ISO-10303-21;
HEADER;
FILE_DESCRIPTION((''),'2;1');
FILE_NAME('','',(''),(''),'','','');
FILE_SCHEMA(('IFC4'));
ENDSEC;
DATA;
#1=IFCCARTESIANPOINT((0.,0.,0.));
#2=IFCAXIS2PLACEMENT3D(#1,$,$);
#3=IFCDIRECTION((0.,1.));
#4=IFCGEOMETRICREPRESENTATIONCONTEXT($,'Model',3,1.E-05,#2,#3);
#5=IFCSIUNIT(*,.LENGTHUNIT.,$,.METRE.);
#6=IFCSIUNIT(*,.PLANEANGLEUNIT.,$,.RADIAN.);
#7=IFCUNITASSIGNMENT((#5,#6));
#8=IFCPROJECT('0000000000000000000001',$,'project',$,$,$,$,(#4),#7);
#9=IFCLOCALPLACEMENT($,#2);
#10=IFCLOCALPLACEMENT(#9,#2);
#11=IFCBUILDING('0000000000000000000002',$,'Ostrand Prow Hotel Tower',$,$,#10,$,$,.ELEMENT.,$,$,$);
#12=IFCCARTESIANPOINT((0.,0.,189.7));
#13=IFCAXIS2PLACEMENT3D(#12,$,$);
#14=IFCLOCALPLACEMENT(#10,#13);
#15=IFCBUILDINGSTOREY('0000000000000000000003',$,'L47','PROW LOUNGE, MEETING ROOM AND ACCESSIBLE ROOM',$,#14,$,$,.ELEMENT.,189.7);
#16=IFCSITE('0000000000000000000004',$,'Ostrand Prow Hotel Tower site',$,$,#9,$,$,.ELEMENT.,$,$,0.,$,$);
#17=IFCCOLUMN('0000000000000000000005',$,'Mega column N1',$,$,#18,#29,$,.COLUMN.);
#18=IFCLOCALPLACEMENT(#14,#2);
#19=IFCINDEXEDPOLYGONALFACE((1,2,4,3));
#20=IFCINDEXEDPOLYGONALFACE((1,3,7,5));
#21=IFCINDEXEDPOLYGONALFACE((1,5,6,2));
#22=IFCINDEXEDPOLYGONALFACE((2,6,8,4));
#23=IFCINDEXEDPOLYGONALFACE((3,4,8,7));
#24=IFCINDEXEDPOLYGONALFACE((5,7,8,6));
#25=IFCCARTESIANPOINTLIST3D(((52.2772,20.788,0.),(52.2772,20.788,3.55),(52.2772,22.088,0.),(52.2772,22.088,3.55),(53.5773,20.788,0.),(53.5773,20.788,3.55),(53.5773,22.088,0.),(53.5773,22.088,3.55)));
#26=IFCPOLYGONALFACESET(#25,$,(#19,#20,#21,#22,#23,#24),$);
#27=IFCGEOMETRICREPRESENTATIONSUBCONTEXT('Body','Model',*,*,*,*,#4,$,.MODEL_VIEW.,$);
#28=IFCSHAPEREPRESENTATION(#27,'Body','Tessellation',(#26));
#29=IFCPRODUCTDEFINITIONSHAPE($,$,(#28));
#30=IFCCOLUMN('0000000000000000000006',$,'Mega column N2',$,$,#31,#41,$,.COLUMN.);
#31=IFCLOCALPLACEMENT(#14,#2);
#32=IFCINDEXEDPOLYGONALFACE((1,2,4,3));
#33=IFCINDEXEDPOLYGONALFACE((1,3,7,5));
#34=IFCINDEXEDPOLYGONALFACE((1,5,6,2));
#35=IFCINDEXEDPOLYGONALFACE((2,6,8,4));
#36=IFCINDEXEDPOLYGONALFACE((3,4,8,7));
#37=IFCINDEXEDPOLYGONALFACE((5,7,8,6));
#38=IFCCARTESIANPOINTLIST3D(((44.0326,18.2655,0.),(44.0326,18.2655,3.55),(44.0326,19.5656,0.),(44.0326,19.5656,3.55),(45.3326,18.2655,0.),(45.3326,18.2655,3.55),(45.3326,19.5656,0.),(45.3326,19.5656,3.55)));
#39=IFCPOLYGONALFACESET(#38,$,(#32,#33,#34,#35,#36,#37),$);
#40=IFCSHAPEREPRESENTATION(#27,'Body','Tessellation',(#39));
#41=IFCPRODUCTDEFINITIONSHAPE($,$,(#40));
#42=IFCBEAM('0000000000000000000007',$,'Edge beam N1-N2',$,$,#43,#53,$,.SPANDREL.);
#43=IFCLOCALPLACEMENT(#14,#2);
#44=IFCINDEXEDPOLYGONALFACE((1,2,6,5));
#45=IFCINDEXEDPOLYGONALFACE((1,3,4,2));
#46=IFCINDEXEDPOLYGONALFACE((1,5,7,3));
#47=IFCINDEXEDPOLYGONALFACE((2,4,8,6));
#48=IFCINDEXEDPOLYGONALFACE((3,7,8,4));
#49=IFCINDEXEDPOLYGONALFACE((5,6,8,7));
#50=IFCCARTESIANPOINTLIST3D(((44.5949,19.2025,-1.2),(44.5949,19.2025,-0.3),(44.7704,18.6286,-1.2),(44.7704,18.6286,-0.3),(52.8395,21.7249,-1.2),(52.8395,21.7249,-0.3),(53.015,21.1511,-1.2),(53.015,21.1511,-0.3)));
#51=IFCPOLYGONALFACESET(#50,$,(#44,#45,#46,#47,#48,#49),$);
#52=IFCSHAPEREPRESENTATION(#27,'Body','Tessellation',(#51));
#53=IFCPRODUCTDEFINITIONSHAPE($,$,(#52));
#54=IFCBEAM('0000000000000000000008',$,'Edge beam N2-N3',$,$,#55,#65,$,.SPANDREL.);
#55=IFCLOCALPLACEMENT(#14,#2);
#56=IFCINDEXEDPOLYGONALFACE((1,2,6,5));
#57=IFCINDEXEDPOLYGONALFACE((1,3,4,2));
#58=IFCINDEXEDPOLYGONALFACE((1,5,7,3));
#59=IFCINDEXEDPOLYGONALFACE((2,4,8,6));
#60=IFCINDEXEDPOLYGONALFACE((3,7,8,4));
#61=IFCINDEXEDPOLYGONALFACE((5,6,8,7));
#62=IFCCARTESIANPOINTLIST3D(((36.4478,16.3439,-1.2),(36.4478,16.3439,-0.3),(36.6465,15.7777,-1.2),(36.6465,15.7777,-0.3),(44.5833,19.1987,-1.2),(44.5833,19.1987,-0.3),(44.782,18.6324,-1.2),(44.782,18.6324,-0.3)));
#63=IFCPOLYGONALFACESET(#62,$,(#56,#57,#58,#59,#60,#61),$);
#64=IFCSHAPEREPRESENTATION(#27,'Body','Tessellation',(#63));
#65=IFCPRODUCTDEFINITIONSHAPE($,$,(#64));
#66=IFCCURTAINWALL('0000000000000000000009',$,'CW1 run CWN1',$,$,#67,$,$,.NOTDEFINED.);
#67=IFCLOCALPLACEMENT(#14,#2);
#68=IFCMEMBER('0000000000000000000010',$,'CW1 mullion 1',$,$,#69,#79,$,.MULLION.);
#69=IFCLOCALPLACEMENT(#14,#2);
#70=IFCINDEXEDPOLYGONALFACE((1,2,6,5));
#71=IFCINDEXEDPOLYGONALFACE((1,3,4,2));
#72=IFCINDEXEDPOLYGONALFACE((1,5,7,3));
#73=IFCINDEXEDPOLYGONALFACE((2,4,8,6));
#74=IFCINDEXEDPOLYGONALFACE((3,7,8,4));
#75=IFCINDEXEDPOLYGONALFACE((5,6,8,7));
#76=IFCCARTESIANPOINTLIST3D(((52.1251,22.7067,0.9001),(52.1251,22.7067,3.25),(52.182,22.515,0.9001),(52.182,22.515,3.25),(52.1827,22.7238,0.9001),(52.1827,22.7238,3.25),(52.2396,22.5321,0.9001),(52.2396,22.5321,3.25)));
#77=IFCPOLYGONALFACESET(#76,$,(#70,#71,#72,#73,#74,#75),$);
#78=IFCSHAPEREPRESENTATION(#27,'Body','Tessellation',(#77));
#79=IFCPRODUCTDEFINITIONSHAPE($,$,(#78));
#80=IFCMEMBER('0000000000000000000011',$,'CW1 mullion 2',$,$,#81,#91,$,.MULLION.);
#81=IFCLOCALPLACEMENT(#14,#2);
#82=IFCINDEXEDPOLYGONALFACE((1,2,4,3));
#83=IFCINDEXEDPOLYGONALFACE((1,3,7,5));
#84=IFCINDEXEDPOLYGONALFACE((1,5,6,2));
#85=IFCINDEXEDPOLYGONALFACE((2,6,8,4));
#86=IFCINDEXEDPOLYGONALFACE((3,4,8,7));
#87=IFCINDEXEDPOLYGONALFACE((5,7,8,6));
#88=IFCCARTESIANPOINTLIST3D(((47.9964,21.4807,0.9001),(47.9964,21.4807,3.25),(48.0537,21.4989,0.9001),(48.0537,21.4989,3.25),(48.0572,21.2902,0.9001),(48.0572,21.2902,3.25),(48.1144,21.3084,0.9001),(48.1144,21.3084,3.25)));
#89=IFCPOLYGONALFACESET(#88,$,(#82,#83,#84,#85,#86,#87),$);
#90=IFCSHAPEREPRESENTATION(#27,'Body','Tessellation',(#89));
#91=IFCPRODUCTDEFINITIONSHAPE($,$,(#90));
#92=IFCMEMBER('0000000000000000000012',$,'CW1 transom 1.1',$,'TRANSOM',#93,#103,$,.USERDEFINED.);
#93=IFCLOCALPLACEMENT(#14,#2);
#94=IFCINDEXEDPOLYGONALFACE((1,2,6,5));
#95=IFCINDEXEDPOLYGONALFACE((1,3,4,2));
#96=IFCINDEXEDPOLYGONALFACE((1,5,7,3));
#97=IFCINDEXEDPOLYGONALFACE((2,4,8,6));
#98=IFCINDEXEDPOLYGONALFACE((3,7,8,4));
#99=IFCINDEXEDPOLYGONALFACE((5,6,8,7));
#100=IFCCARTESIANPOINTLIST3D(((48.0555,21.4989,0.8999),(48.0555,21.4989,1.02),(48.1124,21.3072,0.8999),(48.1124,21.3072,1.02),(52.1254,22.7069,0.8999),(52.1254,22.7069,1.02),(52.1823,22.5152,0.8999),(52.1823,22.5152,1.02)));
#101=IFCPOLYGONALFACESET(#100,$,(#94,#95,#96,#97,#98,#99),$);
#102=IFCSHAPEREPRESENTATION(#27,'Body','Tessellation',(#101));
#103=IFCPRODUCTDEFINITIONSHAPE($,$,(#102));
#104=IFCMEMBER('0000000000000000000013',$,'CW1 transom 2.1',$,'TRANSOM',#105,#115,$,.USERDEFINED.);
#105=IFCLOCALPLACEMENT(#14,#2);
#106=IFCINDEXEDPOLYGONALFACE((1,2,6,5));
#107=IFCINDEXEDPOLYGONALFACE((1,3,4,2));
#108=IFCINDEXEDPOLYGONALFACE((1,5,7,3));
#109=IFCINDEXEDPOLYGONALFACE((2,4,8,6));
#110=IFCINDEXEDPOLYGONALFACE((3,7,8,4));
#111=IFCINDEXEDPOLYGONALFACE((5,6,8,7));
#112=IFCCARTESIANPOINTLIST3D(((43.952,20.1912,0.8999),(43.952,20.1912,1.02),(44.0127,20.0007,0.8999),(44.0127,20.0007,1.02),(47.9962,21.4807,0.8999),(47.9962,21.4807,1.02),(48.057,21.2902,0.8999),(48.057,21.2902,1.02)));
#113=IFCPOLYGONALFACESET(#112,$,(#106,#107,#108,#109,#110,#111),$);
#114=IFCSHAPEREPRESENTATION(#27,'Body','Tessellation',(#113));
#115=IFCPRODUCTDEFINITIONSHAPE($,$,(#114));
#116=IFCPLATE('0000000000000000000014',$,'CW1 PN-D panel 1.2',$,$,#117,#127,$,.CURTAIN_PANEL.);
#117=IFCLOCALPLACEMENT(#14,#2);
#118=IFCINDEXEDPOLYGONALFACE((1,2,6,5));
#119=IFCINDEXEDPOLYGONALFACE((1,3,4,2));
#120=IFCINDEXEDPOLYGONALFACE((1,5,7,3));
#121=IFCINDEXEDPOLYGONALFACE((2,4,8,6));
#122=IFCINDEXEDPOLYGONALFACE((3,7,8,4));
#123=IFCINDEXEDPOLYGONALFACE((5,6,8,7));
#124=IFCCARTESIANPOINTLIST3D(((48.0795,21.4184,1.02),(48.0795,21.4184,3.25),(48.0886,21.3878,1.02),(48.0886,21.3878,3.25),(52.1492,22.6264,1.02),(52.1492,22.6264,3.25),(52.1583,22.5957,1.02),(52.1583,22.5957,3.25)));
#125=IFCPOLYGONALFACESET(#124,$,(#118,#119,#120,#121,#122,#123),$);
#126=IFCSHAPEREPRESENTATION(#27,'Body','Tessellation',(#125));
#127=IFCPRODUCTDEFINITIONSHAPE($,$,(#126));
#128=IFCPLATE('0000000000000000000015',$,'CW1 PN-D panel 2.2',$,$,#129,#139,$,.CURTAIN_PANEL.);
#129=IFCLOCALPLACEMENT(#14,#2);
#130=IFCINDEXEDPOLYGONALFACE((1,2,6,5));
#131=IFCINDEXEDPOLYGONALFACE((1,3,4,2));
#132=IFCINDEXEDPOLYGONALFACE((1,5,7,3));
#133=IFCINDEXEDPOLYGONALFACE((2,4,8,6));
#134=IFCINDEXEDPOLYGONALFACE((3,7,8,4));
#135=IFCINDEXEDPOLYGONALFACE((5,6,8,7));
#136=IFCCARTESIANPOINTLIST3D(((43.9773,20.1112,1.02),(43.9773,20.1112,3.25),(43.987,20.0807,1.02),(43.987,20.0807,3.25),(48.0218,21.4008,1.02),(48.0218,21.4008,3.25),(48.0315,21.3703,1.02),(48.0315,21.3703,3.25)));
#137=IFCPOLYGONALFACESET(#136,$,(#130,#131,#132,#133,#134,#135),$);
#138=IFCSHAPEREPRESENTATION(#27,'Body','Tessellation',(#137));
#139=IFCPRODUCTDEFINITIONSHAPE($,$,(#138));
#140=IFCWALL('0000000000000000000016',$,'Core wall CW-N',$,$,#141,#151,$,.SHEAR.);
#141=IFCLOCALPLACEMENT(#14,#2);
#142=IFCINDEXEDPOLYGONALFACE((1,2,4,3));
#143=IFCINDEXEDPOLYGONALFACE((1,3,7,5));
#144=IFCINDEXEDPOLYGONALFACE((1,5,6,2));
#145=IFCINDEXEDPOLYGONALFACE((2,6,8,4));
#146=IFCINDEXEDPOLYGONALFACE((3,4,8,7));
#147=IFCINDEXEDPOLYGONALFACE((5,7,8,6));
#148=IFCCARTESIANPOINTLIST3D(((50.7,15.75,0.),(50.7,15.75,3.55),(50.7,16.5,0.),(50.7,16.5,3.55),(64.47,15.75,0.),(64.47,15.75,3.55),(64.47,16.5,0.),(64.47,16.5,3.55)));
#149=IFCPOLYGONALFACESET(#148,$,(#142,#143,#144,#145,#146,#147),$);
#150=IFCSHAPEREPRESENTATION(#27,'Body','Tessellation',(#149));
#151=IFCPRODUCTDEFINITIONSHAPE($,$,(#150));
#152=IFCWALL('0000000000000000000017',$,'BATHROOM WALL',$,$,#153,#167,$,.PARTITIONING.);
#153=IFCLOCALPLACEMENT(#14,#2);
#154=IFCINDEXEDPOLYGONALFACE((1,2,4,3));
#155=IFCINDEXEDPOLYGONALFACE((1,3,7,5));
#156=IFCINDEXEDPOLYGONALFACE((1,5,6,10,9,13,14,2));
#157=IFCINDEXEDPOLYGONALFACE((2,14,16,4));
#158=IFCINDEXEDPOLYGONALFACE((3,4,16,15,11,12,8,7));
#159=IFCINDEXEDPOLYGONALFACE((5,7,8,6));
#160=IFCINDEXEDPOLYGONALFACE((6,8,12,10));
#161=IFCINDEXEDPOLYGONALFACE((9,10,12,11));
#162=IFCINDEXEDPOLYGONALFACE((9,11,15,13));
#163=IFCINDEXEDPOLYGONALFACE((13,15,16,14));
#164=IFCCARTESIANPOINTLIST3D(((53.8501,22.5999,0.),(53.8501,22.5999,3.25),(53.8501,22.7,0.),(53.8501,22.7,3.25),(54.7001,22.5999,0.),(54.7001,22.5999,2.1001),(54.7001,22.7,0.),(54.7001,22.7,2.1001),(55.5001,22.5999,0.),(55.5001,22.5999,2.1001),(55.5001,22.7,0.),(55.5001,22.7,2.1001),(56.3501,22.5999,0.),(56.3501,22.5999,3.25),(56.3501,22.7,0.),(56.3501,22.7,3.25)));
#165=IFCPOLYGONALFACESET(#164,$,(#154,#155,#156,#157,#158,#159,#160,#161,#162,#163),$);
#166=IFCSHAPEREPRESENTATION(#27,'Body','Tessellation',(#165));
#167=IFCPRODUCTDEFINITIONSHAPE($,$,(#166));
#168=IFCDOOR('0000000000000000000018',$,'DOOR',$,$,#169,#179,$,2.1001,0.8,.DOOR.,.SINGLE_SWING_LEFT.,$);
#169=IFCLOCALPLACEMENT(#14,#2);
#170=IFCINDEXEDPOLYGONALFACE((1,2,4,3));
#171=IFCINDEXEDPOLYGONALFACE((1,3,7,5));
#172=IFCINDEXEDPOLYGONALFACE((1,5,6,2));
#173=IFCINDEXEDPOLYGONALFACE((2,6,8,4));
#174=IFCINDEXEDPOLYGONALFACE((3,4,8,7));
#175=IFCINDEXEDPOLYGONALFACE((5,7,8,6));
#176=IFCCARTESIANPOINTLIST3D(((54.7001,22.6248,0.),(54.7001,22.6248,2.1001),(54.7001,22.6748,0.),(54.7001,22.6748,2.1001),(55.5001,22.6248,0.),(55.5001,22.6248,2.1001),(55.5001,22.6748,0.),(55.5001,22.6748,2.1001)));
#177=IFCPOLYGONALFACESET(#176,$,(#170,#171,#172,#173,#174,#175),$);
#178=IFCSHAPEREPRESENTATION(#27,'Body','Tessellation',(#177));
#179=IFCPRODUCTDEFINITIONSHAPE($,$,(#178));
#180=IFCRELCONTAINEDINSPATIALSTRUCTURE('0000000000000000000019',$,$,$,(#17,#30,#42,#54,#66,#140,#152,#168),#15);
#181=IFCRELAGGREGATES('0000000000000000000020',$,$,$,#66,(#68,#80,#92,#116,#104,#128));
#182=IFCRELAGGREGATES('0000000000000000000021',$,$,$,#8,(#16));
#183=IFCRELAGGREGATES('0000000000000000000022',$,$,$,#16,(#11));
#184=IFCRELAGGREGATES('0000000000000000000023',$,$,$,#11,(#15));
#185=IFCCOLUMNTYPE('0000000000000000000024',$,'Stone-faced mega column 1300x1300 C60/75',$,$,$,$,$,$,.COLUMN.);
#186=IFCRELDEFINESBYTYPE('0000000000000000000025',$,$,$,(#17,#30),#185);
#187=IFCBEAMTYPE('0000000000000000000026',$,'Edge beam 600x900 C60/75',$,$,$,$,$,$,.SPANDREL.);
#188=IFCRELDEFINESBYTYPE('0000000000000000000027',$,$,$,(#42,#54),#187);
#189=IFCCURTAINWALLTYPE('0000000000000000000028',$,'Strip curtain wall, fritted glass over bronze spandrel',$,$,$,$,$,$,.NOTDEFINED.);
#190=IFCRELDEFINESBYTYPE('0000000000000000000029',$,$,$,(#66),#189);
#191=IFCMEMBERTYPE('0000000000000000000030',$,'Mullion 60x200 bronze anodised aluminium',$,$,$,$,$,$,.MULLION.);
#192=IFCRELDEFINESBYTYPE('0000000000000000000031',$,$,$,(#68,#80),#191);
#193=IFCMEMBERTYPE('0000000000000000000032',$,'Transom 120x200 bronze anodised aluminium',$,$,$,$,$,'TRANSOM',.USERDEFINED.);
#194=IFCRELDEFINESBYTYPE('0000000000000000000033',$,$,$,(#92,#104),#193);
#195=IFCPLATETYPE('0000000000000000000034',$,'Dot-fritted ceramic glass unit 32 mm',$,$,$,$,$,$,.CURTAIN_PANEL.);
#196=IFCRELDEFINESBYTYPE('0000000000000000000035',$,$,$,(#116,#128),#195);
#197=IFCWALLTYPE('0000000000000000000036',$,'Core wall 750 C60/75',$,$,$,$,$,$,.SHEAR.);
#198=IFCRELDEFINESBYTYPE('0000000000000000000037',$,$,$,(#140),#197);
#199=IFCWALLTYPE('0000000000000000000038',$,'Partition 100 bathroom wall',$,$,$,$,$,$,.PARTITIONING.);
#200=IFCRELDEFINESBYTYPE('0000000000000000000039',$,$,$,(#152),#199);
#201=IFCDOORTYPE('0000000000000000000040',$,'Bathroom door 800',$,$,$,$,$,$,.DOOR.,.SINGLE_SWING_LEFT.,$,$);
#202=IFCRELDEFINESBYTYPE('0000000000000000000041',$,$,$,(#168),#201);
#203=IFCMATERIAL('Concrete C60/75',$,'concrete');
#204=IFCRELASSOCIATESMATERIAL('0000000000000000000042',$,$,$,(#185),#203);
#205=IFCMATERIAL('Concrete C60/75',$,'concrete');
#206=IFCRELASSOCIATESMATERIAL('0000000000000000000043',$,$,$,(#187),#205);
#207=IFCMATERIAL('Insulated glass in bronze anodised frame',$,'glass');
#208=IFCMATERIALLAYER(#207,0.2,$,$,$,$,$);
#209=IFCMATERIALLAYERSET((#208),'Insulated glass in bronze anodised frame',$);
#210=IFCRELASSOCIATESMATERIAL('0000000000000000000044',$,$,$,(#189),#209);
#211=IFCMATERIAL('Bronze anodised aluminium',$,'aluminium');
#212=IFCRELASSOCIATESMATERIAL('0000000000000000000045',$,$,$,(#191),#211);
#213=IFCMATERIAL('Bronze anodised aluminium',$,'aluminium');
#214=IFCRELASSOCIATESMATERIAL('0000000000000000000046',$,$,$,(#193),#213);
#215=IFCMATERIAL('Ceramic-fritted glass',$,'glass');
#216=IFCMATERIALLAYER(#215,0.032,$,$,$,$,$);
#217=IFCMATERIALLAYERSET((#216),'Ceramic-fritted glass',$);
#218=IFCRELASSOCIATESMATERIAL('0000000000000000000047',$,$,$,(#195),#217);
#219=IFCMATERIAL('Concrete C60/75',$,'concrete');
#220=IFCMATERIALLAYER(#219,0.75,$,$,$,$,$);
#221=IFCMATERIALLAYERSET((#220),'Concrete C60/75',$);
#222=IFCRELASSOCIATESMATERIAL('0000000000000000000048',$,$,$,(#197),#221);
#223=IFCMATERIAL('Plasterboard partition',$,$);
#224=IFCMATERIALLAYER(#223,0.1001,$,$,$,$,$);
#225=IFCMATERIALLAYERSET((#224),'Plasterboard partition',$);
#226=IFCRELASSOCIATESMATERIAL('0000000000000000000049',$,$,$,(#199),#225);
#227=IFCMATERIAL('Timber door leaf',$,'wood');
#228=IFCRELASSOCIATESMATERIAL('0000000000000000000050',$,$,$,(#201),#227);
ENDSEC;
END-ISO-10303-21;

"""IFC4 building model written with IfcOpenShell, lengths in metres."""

from ifc_helpers import new_model, si_unit, direction, frame, frame_2d, origin, origin_2d, place, context, subcontext, project, spatial, rectangle, extrude, material, layer, layer_set, material_profile, profile_set, type_object, element, fill, aggregate, save


model = new_model("IFC4")

# Units and contexts
model_context = context("Model", 3, precision=1e-05, world=origin(), true_north=direction((0.0, 1.0)))
body_context = subcontext(model_context, "Body", "Model", "MODEL_VIEW")
ifc_project = project(units=[si_unit("LENGTHUNIT", "METRE"), si_unit("PLANEANGLEUNIT", "RADIAN")], contexts=[model_context])

# Site, building, storey
site_placement = place(None, origin())
site = spatial("IfcSite", under=ifc_project, at=site_placement, Name="Ostrand Prow Hotel Tower site", CompositionType="ELEMENT", RefElevation=0.0)
building_placement = place(site_placement, origin())
building = spatial("IfcBuilding", under=site, at=building_placement, Name="Ostrand Prow Hotel Tower", CompositionType="ELEMENT")
storey_placement = place(building_placement, frame((0.0, 0.0, 189.7)))
storey = spatial("IfcBuildingStorey", under=building, at=storey_placement, Name="L47", Description="PROW LOUNGE, MEETING ROOM AND ACCESSIBLE ROOM", CompositionType="ELEMENT", Elevation=189.7)

# Columns
ifc_material_1 = material(Name="Concrete C60/75", Category="concrete")
ifc_material_profile_1 = material_profile(ifc_material_1, rectangle(XDim=1.3, YDim=1.3, at=origin_2d()), Name="RC 1300x1300")
ifc_profile_set_1 = profile_set([ifc_material_profile_1], Name="Concrete C60/75")
column_type = type_object("IfcColumnType", Name="Stone-faced mega column 1300x1300 C60/75", PredefinedType="COLUMN", material=ifc_profile_set_1)
for number, where, z_axis, x_axis, name in (
    (1, (52.9272, 21.438, 0.0), (0.0, 0.0, 1.0), (1.0, 0.0, 0.0), "Mega column N1"),
    (2, (44.6826, 18.9155, 0.0), (0.0, 0.0, 1.0), (1.0, 0.0, 0.0), "Mega column N2"),
):
    element("IfcColumn", number, at=place(storey_placement, frame(where, z_axis=z_axis, x_axis=x_axis)), inside=storey, type_object=column_type, Name=name, PredefinedType="COLUMN", context=body_context, shape_type="SweptSolid", body=[
        extrude(rectangle(XDim=1.3, YDim=1.3, at=origin_2d()), origin(), (0.0, 0.0, 1.0), 3.55),
    ])

# Beams
ifc_material_2 = material(Name="Concrete C60/75", Category="concrete")
ifc_material_profile_2 = material_profile(ifc_material_2, rectangle(XDim=0.6001, YDim=0.8999, at=origin_2d()), Name="RC 600x900")
ifc_profile_set_2 = profile_set([ifc_material_profile_2], Name="Concrete C60/75")
beam_type = type_object("IfcBeamType", Name="Edge beam 600x900 C60/75", PredefinedType="SPANDREL", material=ifc_profile_set_2)
for number, where, z_axis, x_axis, name in (
    (3, (52.9272, 21.438, -0.75), (-0.956246, -0.292565, 0.0), (0.292565, -0.956246, 0.0), "Edge beam N1-N2"),
    (4, (44.6826, 18.9155, -0.75), (-0.943594, -0.331106, 0.0), (0.331106, -0.943594, 0.0), "Edge beam N2-N3"),
):
    element("IfcBeam", number, at=place(storey_placement, frame(where, z_axis=z_axis, x_axis=x_axis)), inside=storey, type_object=beam_type, Name=name, PredefinedType="SPANDREL", context=body_context, shape_type="SweptSolid", body=[
        extrude(rectangle(XDim=0.6001, YDim=0.8999, at=origin_2d()), origin(), (0.0, 0.0, 1.0), 8.6218),
    ])

# Curtain wall, members, plates
ifc_material_3 = material(Name="Insulated glass in bronze anodised frame", Category="glass")
ifc_layer_1 = layer(ifc_material_3, 0.2)
ifc_layer_set_1 = layer_set([ifc_layer_1], Name="Insulated glass in bronze anodised frame")
curtain_wall_type = type_object("IfcCurtainWallType", Name="Strip curtain wall, fritted glass over bronze spandrel", PredefinedType="NOTDEFINED", material=ifc_layer_set_1)
curtain_wall_placement = place(storey_placement, origin())
curtain_wall = element("IfcCurtainWall", 5, at=curtain_wall_placement, inside=storey, type_object=curtain_wall_type, Name="CW1 run CWN1", PredefinedType="NOTDEFINED")
ifc_material_4 = material(Name="Bronze anodised aluminium", Category="aluminium")
ifc_material_profile_3 = material_profile(ifc_material_4, rectangle(XDim=0.2, YDim=0.0601, at=origin_2d()), Name="Mullion 60x200 bronze anodised aluminium")
ifc_profile_set_3 = profile_set([ifc_material_profile_3], Name="Bronze anodised aluminium")
member_type_1 = type_object("IfcMemberType", Name="Mullion 60x200 bronze anodised aluminium", PredefinedType="MULLION", material=ifc_profile_set_3)
member_1_placement = place(storey_placement, frame((52.1824, 22.6194, 0.9001), z_axis=(0.0, 0.0, 1.0), x_axis=(0.284544, -0.958663, 0.0)))
member_1 = element("IfcMember", 6, at=member_1_placement, type_object=member_type_1, Name="CW1 mullion 1", PredefinedType="MULLION", context=body_context, shape_type="SweptSolid", body=[
    extrude(rectangle(XDim=0.2, YDim=0.0601, at=origin_2d()), origin(), (0.0, 0.0, 1.0), 2.3499),
])
member_2_placement = place(storey_placement, frame((48.0554, 21.3945, 0.9001), z_axis=(0.0, 0.0, 1.0), x_axis=(0.303787, -0.95274, 0.0)))
member_2 = element("IfcMember", 7, at=member_2_placement, type_object=member_type_1, Name="CW1 mullion 2", PredefinedType="MULLION", context=body_context, shape_type="SweptSolid", body=[
    extrude(rectangle(XDim=0.2, YDim=0.0601, at=origin_2d()), origin(), (0.0, 0.0, 1.0), 2.3499),
])
ifc_material_5 = material(Name="Bronze anodised aluminium", Category="aluminium")
ifc_material_profile_4 = material_profile(ifc_material_5, rectangle(XDim=0.2, YDim=0.1201, at=origin_2d()), Name="Transom 120x200 bronze anodised aluminium")
ifc_profile_set_4 = profile_set([ifc_material_profile_4], Name="Bronze anodised aluminium")
member_type_2 = type_object("IfcMemberType", Name="Transom 120x200 bronze anodised aluminium", ElementType="TRANSOM", PredefinedType="USERDEFINED", material=ifc_profile_set_4)
member_3_placement = place(storey_placement, frame((52.1538, 22.6111, 0.96), z_axis=(-0.958661, -0.28455, 0.0), x_axis=(0.28455, -0.958661, 0.0)))
member_3 = element("IfcMember", 8, at=member_3_placement, type_object=member_type_2, Name="CW1 transom 1.1", ObjectType="TRANSOM", PredefinedType="USERDEFINED", context=body_context, shape_type="SweptSolid", body=[
    extrude(rectangle(XDim=0.2, YDim=0.1201, at=origin_2d()), origin(), (0.0, 0.0, 1.0), 4.2454),
])
member_4_placement = place(storey_placement, frame((48.0266, 21.3855, 0.96), z_axis=(-0.952738, -0.303795, 0.0), x_axis=(0.303795, -0.952738, 0.0)))
member_4 = element("IfcMember", 9, at=member_4_placement, type_object=member_type_2, Name="CW1 transom 2.1", ObjectType="TRANSOM", PredefinedType="USERDEFINED", context=body_context, shape_type="SweptSolid", body=[
    extrude(rectangle(XDim=0.2, YDim=0.1201, at=origin_2d()), origin(), (0.0, 0.0, 1.0), 4.2449),
])
ifc_material_6 = material(Name="Ceramic-fritted glass", Category="glass")
ifc_layer_2 = layer(ifc_material_6, 0.032)
ifc_layer_set_2 = layer_set([ifc_layer_2], Name="Ceramic-fritted glass")
plate_type = type_object("IfcPlateType", Name="Dot-fritted ceramic glass unit 32 mm", PredefinedType="CURTAIN_PANEL", material=ifc_layer_set_2)
plate_1_placement = place(storey_placement, frame((50.1189, 22.0071, 1.02), z_axis=(0.0, 0.0, 1.0), x_axis=(-0.958663, -0.284544, 0.0)))
plate_1 = element("IfcPlate", 10, at=plate_1_placement, type_object=plate_type, Name="CW1 PN-D panel 1.2", PredefinedType="CURTAIN_PANEL", context=body_context, shape_type="SweptSolid", body=[
    extrude(rectangle(XDim=4.2451, YDim=0.032, at=origin_2d()), origin(), (0.0, 0.0, 1.0), 2.23),
])
plate_2_placement = place(storey_placement, frame((46.0044, 20.7407, 1.02), z_axis=(0.0, 0.0, 1.0), x_axis=(-0.95274, -0.303787, 0.0)))
plate_2 = element("IfcPlate", 11, at=plate_2_placement, type_object=plate_type, Name="CW1 PN-D panel 2.2", PredefinedType="CURTAIN_PANEL", context=body_context, shape_type="SweptSolid", body=[
    extrude(rectangle(XDim=4.2451, YDim=0.032, at=origin_2d()), origin(), (0.0, 0.0, 1.0), 2.23),
])
aggregate(curtain_wall, [member_1, member_2, member_3, plate_1, member_4, plate_2])

# Wall
ifc_material_7 = material(Name="Concrete C60/75", Category="concrete")
ifc_layer_3 = layer(ifc_material_7, 0.75)
ifc_layer_set_3 = layer_set([ifc_layer_3], Name="Concrete C60/75")
wall_type_1 = type_object("IfcWallType", Name="Core wall 750 C60/75", PredefinedType="SHEAR", material=ifc_layer_set_3)
wall_1_placement = place(storey_placement, frame((50.7, 16.125, 0.0), z_axis=(0.0, 0.0, 1.0), x_axis=(1.0, 0.0, 0.0)))
element("IfcWall", 12, at=wall_1_placement, inside=storey, type_object=wall_type_1, Name="Core wall CW-N", PredefinedType="SHEAR", context=body_context, shape_type="SweptSolid", body=[
    extrude(rectangle(XDim=13.77, YDim=0.75, at=frame_2d((6.885, 0.0))), origin(), (0.0, 0.0, 1.0), 3.55),
])

# Wall, opening, door
ifc_material_8 = material(Name="Plasterboard partition")
ifc_layer_4 = layer(ifc_material_8, 0.1001)
ifc_layer_set_4 = layer_set([ifc_layer_4], Name="Plasterboard partition")
wall_type_2 = type_object("IfcWallType", Name="Partition 100 bathroom wall", PredefinedType="PARTITIONING", material=ifc_layer_set_4)
wall_2_placement = place(storey_placement, frame((53.8501, 22.6499, 0.0), z_axis=(0.0, 0.0, 1.0), x_axis=(1.0, 0.0, 0.0)))
wall_2 = element("IfcWall", 13, at=wall_2_placement, inside=storey, type_object=wall_type_2, Name="BATHROOM WALL", PredefinedType="PARTITIONING", context=body_context, shape_type="SweptSolid", body=[
    extrude(rectangle(XDim=2.5, YDim=0.1001, at=frame_2d((1.25, 0.0))), origin(), (0.0, 0.0, 1.0), 3.25),
])
opening_1_placement = place(wall_2_placement, frame((0.8501, 0.0, 0.0)))
opening_1 = element("IfcOpeningElement", 14, at=opening_1_placement, cuts=wall_2, PredefinedType="OPENING", context=body_context, shape_type="SweptSolid", body=[
    extrude(rectangle(XDim=0.8, YDim=2.1001, at=frame_2d((0.3999, 1.05))), frame((0.0, 0.0601, 0.0), z_axis=(0.0, -1.0, 0.0), x_axis=(1.0, 0.0, 0.0)), (0.0, 0.0, 1.0), 0.1201),
])
ifc_material_9 = material(Name="Timber door leaf", Category="wood")
door_type_1 = type_object("IfcDoorType", Name="Bathroom door 800", OperationType="SINGLE_SWING_LEFT", PredefinedType="DOOR", material=ifc_material_9)
door_1_placement = place(opening_1_placement, origin())
door_1 = element("IfcDoor", 15, at=door_1_placement, inside=storey, type_object=door_type_1, Name="DOOR", OperationType="SINGLE_SWING_LEFT", OverallHeight=2.1001, OverallWidth=0.8, PredefinedType="DOOR", context=body_context, shape_type="SweptSolid", body=[
    extrude(rectangle(XDim=0.8, YDim=2.1001, at=frame_2d((0.3999, 1.05))), frame((0.0, 0.0249, 0.0), z_axis=(0.0, -1.0, 0.0), x_axis=(1.0, 0.0, 0.0)), (0.0, 0.0, 1.0), 0.05),
])
fill(opening_1, door_1)

save(model, "model.ifc")
